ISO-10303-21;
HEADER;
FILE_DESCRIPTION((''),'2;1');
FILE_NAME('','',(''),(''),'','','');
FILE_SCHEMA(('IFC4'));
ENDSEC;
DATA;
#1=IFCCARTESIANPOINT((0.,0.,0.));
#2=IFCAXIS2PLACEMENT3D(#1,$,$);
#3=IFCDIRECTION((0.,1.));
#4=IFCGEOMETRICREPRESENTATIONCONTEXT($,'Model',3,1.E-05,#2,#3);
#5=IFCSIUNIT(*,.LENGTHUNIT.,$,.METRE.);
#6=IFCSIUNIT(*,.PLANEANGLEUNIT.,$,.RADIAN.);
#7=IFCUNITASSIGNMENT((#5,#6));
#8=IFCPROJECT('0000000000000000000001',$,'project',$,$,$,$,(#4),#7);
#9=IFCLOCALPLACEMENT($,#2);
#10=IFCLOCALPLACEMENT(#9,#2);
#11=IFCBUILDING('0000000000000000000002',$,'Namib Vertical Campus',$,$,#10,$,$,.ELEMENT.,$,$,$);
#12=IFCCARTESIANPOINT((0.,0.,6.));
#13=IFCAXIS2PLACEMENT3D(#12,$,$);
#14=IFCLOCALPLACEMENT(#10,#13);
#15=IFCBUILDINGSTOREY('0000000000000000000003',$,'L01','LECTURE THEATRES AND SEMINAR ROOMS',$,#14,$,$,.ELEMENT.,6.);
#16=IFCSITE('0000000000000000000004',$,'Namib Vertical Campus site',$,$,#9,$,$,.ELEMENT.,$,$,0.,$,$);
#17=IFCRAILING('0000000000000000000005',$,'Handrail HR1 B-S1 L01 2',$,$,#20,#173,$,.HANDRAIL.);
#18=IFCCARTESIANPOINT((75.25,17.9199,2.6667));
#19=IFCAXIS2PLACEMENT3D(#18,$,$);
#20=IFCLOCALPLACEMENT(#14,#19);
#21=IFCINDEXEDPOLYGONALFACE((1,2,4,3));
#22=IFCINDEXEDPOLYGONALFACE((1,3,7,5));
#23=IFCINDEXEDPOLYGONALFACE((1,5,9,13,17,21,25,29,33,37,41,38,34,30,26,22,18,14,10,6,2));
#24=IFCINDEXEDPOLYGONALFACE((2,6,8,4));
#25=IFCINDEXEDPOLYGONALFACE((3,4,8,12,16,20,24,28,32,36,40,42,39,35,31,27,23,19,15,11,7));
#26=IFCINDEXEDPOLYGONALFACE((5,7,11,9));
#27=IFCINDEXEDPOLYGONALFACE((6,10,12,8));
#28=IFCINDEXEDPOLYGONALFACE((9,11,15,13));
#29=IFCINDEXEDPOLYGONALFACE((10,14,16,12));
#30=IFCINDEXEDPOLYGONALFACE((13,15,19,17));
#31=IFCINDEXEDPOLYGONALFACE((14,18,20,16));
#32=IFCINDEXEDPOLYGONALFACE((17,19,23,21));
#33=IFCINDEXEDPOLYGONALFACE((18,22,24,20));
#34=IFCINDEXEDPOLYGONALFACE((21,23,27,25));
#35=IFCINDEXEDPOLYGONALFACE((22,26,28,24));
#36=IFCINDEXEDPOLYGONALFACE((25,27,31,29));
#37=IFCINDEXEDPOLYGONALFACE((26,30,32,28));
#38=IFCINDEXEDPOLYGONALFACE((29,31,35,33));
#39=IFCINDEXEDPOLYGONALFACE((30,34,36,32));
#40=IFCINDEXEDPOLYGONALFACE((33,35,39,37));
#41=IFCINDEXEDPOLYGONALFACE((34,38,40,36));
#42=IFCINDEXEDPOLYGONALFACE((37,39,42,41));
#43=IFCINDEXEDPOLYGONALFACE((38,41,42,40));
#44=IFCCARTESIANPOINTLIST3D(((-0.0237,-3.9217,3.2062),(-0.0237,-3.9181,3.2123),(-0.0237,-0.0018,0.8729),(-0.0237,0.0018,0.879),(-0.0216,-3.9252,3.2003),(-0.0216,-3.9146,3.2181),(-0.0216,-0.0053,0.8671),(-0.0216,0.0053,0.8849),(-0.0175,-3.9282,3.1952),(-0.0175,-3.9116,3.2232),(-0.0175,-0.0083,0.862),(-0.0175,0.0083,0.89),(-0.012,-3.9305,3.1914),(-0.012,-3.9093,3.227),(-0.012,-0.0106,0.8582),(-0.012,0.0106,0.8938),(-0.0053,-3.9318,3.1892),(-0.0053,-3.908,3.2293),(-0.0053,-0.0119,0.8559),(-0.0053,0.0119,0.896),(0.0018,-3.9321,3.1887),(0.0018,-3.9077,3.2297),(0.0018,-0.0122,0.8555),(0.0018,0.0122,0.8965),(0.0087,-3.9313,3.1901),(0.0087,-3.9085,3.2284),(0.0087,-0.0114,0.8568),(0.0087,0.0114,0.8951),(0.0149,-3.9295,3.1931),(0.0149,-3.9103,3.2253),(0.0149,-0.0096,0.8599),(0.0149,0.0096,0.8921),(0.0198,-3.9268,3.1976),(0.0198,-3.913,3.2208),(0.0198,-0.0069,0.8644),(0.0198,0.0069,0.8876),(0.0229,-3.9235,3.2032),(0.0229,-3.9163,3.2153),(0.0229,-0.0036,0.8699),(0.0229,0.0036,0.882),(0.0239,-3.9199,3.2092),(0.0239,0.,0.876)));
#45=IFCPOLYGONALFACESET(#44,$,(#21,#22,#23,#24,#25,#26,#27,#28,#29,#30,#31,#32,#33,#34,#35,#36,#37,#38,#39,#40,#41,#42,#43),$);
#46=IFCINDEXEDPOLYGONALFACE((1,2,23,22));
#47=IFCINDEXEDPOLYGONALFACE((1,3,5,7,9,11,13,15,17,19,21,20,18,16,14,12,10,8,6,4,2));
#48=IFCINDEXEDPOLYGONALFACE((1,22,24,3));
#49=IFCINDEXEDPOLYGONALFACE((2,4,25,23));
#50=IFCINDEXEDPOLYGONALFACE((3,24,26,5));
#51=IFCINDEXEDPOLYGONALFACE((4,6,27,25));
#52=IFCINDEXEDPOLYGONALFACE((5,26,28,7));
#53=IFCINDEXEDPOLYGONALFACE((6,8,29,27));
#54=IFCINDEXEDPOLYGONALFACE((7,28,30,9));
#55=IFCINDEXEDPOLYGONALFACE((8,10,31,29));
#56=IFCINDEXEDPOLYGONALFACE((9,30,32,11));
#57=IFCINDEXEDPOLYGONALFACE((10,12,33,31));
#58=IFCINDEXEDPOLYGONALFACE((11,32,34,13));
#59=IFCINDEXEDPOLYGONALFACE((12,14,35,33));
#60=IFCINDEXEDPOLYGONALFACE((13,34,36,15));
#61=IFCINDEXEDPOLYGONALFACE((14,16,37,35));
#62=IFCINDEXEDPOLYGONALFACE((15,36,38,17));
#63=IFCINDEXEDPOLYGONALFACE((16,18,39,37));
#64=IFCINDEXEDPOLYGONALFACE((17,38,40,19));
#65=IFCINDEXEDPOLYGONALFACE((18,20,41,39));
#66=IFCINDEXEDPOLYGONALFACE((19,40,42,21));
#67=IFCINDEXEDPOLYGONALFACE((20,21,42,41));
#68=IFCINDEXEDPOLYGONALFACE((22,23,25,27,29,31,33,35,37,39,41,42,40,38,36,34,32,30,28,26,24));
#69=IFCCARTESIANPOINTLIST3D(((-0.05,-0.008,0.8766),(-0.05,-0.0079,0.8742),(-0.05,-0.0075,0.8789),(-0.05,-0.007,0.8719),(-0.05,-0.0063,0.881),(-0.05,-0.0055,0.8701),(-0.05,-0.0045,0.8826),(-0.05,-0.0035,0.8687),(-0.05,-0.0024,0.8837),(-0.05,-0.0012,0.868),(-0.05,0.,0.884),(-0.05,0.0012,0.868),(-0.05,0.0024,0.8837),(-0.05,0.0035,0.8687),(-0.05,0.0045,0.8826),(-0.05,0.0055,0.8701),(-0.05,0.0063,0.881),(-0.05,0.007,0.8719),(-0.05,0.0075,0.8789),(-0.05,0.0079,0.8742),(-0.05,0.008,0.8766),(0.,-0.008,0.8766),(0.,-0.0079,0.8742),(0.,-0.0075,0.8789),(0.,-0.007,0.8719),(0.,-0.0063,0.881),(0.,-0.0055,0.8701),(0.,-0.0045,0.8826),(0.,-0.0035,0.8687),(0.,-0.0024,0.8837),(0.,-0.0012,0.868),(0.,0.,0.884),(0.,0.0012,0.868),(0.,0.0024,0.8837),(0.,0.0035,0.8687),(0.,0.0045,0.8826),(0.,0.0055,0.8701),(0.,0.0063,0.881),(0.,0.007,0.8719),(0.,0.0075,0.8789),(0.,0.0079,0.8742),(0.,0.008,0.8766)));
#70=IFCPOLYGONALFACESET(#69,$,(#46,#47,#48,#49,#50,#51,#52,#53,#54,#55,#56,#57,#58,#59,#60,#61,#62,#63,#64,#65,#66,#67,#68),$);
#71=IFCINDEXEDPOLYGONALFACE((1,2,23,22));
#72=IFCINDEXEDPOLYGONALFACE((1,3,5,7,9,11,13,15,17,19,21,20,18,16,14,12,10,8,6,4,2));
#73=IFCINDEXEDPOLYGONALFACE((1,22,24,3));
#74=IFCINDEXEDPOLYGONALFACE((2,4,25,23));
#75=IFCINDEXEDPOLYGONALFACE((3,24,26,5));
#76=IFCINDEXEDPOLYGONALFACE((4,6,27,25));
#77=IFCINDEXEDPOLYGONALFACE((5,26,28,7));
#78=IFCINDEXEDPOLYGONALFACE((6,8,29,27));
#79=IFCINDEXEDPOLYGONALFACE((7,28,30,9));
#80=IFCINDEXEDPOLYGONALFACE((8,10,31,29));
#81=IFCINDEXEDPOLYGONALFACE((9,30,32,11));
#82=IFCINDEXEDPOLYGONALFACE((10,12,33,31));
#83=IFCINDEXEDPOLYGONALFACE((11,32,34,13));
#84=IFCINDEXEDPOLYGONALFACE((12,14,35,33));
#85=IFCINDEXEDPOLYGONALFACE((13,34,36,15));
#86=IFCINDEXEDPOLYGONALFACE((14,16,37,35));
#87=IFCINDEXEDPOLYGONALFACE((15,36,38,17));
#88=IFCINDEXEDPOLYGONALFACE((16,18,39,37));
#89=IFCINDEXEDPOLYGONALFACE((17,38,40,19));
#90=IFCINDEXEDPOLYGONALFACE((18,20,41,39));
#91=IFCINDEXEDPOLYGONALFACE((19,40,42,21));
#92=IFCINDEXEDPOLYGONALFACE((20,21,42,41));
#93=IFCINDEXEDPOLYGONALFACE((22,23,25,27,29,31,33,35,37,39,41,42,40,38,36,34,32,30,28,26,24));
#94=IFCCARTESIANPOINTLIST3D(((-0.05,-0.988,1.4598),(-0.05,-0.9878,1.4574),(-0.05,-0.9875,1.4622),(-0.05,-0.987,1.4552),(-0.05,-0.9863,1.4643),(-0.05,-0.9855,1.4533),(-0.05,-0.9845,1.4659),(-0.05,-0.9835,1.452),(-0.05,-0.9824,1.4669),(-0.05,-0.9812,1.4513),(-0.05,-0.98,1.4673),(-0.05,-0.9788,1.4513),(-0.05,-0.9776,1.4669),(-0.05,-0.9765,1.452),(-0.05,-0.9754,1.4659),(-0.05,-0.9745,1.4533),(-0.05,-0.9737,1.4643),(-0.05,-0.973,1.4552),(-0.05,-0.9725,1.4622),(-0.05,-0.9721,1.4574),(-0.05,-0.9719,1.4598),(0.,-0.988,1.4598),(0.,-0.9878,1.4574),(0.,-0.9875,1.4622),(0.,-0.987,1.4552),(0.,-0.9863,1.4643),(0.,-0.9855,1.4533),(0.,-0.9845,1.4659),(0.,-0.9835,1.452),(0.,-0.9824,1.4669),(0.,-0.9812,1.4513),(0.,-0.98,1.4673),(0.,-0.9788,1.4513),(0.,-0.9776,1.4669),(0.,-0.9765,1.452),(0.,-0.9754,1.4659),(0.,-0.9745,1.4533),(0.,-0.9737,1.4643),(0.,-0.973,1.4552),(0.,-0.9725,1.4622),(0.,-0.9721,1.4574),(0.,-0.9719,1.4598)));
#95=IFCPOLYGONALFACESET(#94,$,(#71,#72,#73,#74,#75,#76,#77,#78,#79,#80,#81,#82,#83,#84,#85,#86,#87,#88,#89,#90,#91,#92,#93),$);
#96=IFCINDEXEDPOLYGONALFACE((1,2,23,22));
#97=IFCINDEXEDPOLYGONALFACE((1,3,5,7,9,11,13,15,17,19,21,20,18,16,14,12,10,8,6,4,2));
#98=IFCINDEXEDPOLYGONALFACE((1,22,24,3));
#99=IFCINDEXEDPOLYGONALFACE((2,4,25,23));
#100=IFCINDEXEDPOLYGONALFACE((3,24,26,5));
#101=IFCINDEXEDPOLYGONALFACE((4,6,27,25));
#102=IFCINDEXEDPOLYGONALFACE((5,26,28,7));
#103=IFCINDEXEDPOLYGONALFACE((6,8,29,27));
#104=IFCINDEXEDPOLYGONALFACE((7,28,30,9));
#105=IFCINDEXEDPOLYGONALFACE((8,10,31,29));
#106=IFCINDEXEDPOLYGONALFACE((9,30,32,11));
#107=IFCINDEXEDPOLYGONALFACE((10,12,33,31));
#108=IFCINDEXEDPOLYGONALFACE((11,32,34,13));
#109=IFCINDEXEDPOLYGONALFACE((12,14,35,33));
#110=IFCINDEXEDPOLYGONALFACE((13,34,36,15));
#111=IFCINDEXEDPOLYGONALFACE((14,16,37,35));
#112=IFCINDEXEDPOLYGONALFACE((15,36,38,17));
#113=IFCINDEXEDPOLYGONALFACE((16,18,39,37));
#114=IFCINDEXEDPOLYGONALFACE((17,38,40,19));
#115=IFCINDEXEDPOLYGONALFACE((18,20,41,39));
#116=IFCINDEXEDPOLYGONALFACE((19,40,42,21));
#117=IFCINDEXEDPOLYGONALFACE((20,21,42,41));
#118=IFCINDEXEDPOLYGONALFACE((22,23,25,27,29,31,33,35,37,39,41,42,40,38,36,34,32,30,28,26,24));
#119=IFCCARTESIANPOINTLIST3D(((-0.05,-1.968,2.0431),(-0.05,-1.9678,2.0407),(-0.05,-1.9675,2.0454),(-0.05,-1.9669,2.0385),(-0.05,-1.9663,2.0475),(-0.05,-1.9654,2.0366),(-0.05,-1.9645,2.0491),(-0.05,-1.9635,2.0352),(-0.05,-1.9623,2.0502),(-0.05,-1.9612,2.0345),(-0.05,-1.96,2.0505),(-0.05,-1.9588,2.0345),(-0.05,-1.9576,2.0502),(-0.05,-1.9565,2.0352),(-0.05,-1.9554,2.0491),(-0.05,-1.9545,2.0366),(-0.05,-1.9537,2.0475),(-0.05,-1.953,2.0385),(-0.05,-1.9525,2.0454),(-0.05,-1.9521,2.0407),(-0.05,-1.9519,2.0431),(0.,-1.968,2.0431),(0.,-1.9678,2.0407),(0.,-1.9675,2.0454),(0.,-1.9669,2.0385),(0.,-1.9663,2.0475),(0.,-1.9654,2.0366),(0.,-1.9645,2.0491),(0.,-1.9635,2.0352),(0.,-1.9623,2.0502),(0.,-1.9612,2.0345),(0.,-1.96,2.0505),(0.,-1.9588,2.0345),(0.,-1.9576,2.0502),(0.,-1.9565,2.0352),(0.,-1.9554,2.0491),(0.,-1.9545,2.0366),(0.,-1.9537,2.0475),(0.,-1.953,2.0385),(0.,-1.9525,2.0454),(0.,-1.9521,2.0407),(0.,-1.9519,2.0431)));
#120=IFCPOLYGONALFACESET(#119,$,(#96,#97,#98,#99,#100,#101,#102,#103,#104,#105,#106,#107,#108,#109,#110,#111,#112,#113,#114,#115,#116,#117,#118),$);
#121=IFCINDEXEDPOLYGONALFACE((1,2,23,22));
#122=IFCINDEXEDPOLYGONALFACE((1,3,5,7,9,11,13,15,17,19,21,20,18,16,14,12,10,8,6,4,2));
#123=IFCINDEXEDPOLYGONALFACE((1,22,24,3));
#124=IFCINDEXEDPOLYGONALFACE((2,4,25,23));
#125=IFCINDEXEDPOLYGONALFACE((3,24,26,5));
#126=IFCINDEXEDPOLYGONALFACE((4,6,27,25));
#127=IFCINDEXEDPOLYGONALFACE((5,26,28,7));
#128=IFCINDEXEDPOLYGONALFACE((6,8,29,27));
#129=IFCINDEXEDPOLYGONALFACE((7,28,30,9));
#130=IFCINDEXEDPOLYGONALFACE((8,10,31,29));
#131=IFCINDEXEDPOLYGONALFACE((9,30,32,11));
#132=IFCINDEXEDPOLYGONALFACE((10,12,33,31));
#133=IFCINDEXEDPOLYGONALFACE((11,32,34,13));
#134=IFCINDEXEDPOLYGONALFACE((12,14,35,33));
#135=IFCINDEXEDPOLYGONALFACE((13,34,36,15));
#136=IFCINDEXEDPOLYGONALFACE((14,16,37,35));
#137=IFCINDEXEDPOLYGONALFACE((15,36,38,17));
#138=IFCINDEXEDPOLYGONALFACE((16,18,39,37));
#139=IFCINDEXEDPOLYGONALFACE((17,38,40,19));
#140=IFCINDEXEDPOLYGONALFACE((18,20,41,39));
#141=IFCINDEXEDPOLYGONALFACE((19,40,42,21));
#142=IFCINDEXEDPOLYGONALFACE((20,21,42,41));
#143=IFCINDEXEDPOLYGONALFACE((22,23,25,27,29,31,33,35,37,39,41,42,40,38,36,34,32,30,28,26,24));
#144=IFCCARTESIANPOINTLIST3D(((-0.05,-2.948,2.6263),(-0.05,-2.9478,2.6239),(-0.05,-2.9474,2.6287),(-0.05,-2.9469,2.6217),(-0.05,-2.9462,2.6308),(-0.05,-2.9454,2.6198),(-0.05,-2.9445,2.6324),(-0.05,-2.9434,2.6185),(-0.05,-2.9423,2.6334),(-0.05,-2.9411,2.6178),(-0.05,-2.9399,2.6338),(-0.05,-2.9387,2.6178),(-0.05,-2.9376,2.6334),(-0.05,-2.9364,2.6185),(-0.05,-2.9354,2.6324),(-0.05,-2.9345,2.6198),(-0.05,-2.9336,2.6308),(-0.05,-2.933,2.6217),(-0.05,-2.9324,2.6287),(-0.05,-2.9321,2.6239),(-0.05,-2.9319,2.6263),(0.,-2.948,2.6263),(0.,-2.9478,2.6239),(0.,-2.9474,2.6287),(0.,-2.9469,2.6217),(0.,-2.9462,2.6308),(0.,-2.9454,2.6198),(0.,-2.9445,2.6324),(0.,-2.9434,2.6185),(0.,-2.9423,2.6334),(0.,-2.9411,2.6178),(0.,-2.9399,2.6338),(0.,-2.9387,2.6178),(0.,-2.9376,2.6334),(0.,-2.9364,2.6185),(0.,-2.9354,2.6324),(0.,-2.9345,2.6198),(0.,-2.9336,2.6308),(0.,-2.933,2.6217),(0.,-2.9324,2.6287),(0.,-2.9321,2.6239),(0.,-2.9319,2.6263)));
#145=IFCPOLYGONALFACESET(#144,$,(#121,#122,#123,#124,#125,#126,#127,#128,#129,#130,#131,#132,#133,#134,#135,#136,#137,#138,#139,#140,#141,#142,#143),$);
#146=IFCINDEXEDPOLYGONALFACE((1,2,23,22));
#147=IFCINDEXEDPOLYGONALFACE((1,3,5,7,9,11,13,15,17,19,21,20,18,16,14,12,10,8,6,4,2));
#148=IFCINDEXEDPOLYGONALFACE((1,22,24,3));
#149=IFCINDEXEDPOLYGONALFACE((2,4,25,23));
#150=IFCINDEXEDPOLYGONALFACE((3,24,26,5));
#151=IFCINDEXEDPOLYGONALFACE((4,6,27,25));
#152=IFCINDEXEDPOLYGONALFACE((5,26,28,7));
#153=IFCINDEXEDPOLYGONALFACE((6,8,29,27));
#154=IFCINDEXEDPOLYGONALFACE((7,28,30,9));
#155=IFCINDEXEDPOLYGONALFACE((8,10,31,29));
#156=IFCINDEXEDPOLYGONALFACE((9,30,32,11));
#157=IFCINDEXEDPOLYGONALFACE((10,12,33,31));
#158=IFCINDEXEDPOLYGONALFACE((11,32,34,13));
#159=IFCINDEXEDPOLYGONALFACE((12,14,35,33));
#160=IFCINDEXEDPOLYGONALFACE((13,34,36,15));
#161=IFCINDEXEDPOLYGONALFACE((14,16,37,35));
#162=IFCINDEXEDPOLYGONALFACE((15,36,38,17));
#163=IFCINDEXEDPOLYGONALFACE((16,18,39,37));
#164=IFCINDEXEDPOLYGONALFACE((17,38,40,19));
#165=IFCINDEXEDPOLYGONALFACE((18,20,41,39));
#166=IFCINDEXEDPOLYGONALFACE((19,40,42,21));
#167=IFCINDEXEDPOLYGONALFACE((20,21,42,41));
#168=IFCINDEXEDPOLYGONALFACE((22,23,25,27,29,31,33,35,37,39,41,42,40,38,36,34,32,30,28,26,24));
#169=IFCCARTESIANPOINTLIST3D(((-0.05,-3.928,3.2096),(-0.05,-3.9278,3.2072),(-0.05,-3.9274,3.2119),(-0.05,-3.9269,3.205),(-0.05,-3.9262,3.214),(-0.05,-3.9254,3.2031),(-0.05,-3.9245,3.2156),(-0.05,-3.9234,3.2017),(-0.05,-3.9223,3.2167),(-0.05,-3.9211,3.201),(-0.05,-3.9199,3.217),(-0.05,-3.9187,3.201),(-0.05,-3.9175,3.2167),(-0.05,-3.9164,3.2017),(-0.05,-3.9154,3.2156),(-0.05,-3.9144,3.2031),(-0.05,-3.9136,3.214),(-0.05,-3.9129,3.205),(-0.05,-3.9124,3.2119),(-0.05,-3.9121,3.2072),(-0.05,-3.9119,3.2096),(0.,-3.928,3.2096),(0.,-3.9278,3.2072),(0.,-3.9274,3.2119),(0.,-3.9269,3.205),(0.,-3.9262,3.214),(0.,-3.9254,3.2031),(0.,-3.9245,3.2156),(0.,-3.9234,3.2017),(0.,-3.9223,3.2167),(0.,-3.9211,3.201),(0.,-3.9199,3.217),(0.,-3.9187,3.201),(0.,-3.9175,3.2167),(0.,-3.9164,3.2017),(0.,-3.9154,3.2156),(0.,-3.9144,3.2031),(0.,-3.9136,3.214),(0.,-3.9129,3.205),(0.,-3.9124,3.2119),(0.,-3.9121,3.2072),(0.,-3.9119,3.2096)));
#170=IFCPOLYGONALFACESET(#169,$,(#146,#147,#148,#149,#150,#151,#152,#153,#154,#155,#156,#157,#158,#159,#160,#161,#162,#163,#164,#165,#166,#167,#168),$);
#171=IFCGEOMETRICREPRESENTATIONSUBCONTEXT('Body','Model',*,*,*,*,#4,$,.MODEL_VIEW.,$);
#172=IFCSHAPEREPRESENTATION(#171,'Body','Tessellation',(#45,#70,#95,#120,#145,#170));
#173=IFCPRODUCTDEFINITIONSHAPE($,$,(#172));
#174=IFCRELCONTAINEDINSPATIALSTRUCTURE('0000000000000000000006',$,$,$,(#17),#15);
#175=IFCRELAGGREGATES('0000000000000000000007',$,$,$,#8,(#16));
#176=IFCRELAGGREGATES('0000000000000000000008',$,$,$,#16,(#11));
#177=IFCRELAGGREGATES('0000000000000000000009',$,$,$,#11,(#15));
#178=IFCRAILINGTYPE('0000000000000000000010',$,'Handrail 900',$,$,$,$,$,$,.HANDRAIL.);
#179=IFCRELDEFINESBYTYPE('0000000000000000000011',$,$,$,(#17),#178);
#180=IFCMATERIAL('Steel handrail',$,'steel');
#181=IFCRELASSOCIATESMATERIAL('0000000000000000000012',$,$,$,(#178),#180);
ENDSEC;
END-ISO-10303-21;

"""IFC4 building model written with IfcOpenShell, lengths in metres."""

from ifc_helpers import new_model, si_unit, direction, frame, origin, origin_2d, place, context, subcontext, project, spatial, circle, extrude, material, type_object, element, save


model = new_model("IFC4")

# Units and contexts
model_context = context("Model", 3, precision=1e-05, world=origin(), true_north=direction((0.0, 1.0)))
body_context = subcontext(model_context, "Body", "Model", "MODEL_VIEW")
ifc_project = project(units=[si_unit("LENGTHUNIT", "METRE"), si_unit("PLANEANGLEUNIT", "RADIAN")], contexts=[model_context])

# Site, building, storey
site_placement = place(None, origin())
site = spatial("IfcSite", under=ifc_project, at=site_placement, Name="Namib Vertical Campus site", CompositionType="ELEMENT", RefElevation=0.0)
building_placement = place(site_placement, origin())
building = spatial("IfcBuilding", under=site, at=building_placement, Name="Namib Vertical Campus", CompositionType="ELEMENT")
storey_placement = place(building_placement, frame((0.0, 0.0, 6.0)))
storey = spatial("IfcBuildingStorey", under=building, at=storey_placement, Name="L01", Description="LECTURE THEATRES AND SEMINAR ROOMS", CompositionType="ELEMENT", Elevation=6.0)

# Railing
ifc_material_1 = material(Name="Steel handrail", Category="steel")
railing_type_1 = type_object("IfcRailingType", Name="Handrail 900", PredefinedType="HANDRAIL", material=ifc_material_1)
railing_1_placement = place(storey_placement, frame((75.25, 17.9199, 2.6667)))
element("IfcRailing", 1, at=railing_1_placement, inside=storey, type_object=railing_type_1, Name="Handrail HR1 B-S1 L01 2", PredefinedType="HANDRAIL", context=body_context, shape_type="SweptSolid", body=[
    extrude(circle(Radius=0.0239, at=origin_2d()), frame((0.0, 0.0, 0.876), z_axis=(0.0, -0.859296, 0.511478), x_axis=(1.0, 0.0, 0.0)), (0.0, 0.0, 1.0), 4.5618),
    extrude(circle(Radius=0.0081, at=origin_2d()), frame((0.0, 0.0, 0.876), z_axis=(-1.0, 0.0, 0.0), x_axis=(0.0, 0.0, 1.0)), (0.0, 0.0, 1.0), 0.05),
    extrude(circle(Radius=0.0081, at=origin_2d()), frame((0.0, -0.98, 1.4592), z_axis=(-1.0, 0.0, 0.0), x_axis=(0.0, 0.0, 1.0)), (0.0, 0.0, 1.0), 0.05),
    extrude(circle(Radius=0.0081, at=origin_2d()), frame((0.0, -1.96, 2.0425), z_axis=(-1.0, 0.0, 0.0), x_axis=(0.0, 0.0, 1.0)), (0.0, 0.0, 1.0), 0.05),
    extrude(circle(Radius=0.0081, at=origin_2d()), frame((0.0, -2.9399, 2.6257), z_axis=(-1.0, 0.0, 0.0), x_axis=(0.0, 0.0, 1.0)), (0.0, 0.0, 1.0), 0.05),
    extrude(circle(Radius=0.0081, at=origin_2d()), frame((0.0, -3.9199, 3.209), z_axis=(-1.0, 0.0, 0.0), x_axis=(0.0, 0.0, 1.0)), (0.0, 0.0, 1.0), 0.05),
])

save(model, "model.ifc")
